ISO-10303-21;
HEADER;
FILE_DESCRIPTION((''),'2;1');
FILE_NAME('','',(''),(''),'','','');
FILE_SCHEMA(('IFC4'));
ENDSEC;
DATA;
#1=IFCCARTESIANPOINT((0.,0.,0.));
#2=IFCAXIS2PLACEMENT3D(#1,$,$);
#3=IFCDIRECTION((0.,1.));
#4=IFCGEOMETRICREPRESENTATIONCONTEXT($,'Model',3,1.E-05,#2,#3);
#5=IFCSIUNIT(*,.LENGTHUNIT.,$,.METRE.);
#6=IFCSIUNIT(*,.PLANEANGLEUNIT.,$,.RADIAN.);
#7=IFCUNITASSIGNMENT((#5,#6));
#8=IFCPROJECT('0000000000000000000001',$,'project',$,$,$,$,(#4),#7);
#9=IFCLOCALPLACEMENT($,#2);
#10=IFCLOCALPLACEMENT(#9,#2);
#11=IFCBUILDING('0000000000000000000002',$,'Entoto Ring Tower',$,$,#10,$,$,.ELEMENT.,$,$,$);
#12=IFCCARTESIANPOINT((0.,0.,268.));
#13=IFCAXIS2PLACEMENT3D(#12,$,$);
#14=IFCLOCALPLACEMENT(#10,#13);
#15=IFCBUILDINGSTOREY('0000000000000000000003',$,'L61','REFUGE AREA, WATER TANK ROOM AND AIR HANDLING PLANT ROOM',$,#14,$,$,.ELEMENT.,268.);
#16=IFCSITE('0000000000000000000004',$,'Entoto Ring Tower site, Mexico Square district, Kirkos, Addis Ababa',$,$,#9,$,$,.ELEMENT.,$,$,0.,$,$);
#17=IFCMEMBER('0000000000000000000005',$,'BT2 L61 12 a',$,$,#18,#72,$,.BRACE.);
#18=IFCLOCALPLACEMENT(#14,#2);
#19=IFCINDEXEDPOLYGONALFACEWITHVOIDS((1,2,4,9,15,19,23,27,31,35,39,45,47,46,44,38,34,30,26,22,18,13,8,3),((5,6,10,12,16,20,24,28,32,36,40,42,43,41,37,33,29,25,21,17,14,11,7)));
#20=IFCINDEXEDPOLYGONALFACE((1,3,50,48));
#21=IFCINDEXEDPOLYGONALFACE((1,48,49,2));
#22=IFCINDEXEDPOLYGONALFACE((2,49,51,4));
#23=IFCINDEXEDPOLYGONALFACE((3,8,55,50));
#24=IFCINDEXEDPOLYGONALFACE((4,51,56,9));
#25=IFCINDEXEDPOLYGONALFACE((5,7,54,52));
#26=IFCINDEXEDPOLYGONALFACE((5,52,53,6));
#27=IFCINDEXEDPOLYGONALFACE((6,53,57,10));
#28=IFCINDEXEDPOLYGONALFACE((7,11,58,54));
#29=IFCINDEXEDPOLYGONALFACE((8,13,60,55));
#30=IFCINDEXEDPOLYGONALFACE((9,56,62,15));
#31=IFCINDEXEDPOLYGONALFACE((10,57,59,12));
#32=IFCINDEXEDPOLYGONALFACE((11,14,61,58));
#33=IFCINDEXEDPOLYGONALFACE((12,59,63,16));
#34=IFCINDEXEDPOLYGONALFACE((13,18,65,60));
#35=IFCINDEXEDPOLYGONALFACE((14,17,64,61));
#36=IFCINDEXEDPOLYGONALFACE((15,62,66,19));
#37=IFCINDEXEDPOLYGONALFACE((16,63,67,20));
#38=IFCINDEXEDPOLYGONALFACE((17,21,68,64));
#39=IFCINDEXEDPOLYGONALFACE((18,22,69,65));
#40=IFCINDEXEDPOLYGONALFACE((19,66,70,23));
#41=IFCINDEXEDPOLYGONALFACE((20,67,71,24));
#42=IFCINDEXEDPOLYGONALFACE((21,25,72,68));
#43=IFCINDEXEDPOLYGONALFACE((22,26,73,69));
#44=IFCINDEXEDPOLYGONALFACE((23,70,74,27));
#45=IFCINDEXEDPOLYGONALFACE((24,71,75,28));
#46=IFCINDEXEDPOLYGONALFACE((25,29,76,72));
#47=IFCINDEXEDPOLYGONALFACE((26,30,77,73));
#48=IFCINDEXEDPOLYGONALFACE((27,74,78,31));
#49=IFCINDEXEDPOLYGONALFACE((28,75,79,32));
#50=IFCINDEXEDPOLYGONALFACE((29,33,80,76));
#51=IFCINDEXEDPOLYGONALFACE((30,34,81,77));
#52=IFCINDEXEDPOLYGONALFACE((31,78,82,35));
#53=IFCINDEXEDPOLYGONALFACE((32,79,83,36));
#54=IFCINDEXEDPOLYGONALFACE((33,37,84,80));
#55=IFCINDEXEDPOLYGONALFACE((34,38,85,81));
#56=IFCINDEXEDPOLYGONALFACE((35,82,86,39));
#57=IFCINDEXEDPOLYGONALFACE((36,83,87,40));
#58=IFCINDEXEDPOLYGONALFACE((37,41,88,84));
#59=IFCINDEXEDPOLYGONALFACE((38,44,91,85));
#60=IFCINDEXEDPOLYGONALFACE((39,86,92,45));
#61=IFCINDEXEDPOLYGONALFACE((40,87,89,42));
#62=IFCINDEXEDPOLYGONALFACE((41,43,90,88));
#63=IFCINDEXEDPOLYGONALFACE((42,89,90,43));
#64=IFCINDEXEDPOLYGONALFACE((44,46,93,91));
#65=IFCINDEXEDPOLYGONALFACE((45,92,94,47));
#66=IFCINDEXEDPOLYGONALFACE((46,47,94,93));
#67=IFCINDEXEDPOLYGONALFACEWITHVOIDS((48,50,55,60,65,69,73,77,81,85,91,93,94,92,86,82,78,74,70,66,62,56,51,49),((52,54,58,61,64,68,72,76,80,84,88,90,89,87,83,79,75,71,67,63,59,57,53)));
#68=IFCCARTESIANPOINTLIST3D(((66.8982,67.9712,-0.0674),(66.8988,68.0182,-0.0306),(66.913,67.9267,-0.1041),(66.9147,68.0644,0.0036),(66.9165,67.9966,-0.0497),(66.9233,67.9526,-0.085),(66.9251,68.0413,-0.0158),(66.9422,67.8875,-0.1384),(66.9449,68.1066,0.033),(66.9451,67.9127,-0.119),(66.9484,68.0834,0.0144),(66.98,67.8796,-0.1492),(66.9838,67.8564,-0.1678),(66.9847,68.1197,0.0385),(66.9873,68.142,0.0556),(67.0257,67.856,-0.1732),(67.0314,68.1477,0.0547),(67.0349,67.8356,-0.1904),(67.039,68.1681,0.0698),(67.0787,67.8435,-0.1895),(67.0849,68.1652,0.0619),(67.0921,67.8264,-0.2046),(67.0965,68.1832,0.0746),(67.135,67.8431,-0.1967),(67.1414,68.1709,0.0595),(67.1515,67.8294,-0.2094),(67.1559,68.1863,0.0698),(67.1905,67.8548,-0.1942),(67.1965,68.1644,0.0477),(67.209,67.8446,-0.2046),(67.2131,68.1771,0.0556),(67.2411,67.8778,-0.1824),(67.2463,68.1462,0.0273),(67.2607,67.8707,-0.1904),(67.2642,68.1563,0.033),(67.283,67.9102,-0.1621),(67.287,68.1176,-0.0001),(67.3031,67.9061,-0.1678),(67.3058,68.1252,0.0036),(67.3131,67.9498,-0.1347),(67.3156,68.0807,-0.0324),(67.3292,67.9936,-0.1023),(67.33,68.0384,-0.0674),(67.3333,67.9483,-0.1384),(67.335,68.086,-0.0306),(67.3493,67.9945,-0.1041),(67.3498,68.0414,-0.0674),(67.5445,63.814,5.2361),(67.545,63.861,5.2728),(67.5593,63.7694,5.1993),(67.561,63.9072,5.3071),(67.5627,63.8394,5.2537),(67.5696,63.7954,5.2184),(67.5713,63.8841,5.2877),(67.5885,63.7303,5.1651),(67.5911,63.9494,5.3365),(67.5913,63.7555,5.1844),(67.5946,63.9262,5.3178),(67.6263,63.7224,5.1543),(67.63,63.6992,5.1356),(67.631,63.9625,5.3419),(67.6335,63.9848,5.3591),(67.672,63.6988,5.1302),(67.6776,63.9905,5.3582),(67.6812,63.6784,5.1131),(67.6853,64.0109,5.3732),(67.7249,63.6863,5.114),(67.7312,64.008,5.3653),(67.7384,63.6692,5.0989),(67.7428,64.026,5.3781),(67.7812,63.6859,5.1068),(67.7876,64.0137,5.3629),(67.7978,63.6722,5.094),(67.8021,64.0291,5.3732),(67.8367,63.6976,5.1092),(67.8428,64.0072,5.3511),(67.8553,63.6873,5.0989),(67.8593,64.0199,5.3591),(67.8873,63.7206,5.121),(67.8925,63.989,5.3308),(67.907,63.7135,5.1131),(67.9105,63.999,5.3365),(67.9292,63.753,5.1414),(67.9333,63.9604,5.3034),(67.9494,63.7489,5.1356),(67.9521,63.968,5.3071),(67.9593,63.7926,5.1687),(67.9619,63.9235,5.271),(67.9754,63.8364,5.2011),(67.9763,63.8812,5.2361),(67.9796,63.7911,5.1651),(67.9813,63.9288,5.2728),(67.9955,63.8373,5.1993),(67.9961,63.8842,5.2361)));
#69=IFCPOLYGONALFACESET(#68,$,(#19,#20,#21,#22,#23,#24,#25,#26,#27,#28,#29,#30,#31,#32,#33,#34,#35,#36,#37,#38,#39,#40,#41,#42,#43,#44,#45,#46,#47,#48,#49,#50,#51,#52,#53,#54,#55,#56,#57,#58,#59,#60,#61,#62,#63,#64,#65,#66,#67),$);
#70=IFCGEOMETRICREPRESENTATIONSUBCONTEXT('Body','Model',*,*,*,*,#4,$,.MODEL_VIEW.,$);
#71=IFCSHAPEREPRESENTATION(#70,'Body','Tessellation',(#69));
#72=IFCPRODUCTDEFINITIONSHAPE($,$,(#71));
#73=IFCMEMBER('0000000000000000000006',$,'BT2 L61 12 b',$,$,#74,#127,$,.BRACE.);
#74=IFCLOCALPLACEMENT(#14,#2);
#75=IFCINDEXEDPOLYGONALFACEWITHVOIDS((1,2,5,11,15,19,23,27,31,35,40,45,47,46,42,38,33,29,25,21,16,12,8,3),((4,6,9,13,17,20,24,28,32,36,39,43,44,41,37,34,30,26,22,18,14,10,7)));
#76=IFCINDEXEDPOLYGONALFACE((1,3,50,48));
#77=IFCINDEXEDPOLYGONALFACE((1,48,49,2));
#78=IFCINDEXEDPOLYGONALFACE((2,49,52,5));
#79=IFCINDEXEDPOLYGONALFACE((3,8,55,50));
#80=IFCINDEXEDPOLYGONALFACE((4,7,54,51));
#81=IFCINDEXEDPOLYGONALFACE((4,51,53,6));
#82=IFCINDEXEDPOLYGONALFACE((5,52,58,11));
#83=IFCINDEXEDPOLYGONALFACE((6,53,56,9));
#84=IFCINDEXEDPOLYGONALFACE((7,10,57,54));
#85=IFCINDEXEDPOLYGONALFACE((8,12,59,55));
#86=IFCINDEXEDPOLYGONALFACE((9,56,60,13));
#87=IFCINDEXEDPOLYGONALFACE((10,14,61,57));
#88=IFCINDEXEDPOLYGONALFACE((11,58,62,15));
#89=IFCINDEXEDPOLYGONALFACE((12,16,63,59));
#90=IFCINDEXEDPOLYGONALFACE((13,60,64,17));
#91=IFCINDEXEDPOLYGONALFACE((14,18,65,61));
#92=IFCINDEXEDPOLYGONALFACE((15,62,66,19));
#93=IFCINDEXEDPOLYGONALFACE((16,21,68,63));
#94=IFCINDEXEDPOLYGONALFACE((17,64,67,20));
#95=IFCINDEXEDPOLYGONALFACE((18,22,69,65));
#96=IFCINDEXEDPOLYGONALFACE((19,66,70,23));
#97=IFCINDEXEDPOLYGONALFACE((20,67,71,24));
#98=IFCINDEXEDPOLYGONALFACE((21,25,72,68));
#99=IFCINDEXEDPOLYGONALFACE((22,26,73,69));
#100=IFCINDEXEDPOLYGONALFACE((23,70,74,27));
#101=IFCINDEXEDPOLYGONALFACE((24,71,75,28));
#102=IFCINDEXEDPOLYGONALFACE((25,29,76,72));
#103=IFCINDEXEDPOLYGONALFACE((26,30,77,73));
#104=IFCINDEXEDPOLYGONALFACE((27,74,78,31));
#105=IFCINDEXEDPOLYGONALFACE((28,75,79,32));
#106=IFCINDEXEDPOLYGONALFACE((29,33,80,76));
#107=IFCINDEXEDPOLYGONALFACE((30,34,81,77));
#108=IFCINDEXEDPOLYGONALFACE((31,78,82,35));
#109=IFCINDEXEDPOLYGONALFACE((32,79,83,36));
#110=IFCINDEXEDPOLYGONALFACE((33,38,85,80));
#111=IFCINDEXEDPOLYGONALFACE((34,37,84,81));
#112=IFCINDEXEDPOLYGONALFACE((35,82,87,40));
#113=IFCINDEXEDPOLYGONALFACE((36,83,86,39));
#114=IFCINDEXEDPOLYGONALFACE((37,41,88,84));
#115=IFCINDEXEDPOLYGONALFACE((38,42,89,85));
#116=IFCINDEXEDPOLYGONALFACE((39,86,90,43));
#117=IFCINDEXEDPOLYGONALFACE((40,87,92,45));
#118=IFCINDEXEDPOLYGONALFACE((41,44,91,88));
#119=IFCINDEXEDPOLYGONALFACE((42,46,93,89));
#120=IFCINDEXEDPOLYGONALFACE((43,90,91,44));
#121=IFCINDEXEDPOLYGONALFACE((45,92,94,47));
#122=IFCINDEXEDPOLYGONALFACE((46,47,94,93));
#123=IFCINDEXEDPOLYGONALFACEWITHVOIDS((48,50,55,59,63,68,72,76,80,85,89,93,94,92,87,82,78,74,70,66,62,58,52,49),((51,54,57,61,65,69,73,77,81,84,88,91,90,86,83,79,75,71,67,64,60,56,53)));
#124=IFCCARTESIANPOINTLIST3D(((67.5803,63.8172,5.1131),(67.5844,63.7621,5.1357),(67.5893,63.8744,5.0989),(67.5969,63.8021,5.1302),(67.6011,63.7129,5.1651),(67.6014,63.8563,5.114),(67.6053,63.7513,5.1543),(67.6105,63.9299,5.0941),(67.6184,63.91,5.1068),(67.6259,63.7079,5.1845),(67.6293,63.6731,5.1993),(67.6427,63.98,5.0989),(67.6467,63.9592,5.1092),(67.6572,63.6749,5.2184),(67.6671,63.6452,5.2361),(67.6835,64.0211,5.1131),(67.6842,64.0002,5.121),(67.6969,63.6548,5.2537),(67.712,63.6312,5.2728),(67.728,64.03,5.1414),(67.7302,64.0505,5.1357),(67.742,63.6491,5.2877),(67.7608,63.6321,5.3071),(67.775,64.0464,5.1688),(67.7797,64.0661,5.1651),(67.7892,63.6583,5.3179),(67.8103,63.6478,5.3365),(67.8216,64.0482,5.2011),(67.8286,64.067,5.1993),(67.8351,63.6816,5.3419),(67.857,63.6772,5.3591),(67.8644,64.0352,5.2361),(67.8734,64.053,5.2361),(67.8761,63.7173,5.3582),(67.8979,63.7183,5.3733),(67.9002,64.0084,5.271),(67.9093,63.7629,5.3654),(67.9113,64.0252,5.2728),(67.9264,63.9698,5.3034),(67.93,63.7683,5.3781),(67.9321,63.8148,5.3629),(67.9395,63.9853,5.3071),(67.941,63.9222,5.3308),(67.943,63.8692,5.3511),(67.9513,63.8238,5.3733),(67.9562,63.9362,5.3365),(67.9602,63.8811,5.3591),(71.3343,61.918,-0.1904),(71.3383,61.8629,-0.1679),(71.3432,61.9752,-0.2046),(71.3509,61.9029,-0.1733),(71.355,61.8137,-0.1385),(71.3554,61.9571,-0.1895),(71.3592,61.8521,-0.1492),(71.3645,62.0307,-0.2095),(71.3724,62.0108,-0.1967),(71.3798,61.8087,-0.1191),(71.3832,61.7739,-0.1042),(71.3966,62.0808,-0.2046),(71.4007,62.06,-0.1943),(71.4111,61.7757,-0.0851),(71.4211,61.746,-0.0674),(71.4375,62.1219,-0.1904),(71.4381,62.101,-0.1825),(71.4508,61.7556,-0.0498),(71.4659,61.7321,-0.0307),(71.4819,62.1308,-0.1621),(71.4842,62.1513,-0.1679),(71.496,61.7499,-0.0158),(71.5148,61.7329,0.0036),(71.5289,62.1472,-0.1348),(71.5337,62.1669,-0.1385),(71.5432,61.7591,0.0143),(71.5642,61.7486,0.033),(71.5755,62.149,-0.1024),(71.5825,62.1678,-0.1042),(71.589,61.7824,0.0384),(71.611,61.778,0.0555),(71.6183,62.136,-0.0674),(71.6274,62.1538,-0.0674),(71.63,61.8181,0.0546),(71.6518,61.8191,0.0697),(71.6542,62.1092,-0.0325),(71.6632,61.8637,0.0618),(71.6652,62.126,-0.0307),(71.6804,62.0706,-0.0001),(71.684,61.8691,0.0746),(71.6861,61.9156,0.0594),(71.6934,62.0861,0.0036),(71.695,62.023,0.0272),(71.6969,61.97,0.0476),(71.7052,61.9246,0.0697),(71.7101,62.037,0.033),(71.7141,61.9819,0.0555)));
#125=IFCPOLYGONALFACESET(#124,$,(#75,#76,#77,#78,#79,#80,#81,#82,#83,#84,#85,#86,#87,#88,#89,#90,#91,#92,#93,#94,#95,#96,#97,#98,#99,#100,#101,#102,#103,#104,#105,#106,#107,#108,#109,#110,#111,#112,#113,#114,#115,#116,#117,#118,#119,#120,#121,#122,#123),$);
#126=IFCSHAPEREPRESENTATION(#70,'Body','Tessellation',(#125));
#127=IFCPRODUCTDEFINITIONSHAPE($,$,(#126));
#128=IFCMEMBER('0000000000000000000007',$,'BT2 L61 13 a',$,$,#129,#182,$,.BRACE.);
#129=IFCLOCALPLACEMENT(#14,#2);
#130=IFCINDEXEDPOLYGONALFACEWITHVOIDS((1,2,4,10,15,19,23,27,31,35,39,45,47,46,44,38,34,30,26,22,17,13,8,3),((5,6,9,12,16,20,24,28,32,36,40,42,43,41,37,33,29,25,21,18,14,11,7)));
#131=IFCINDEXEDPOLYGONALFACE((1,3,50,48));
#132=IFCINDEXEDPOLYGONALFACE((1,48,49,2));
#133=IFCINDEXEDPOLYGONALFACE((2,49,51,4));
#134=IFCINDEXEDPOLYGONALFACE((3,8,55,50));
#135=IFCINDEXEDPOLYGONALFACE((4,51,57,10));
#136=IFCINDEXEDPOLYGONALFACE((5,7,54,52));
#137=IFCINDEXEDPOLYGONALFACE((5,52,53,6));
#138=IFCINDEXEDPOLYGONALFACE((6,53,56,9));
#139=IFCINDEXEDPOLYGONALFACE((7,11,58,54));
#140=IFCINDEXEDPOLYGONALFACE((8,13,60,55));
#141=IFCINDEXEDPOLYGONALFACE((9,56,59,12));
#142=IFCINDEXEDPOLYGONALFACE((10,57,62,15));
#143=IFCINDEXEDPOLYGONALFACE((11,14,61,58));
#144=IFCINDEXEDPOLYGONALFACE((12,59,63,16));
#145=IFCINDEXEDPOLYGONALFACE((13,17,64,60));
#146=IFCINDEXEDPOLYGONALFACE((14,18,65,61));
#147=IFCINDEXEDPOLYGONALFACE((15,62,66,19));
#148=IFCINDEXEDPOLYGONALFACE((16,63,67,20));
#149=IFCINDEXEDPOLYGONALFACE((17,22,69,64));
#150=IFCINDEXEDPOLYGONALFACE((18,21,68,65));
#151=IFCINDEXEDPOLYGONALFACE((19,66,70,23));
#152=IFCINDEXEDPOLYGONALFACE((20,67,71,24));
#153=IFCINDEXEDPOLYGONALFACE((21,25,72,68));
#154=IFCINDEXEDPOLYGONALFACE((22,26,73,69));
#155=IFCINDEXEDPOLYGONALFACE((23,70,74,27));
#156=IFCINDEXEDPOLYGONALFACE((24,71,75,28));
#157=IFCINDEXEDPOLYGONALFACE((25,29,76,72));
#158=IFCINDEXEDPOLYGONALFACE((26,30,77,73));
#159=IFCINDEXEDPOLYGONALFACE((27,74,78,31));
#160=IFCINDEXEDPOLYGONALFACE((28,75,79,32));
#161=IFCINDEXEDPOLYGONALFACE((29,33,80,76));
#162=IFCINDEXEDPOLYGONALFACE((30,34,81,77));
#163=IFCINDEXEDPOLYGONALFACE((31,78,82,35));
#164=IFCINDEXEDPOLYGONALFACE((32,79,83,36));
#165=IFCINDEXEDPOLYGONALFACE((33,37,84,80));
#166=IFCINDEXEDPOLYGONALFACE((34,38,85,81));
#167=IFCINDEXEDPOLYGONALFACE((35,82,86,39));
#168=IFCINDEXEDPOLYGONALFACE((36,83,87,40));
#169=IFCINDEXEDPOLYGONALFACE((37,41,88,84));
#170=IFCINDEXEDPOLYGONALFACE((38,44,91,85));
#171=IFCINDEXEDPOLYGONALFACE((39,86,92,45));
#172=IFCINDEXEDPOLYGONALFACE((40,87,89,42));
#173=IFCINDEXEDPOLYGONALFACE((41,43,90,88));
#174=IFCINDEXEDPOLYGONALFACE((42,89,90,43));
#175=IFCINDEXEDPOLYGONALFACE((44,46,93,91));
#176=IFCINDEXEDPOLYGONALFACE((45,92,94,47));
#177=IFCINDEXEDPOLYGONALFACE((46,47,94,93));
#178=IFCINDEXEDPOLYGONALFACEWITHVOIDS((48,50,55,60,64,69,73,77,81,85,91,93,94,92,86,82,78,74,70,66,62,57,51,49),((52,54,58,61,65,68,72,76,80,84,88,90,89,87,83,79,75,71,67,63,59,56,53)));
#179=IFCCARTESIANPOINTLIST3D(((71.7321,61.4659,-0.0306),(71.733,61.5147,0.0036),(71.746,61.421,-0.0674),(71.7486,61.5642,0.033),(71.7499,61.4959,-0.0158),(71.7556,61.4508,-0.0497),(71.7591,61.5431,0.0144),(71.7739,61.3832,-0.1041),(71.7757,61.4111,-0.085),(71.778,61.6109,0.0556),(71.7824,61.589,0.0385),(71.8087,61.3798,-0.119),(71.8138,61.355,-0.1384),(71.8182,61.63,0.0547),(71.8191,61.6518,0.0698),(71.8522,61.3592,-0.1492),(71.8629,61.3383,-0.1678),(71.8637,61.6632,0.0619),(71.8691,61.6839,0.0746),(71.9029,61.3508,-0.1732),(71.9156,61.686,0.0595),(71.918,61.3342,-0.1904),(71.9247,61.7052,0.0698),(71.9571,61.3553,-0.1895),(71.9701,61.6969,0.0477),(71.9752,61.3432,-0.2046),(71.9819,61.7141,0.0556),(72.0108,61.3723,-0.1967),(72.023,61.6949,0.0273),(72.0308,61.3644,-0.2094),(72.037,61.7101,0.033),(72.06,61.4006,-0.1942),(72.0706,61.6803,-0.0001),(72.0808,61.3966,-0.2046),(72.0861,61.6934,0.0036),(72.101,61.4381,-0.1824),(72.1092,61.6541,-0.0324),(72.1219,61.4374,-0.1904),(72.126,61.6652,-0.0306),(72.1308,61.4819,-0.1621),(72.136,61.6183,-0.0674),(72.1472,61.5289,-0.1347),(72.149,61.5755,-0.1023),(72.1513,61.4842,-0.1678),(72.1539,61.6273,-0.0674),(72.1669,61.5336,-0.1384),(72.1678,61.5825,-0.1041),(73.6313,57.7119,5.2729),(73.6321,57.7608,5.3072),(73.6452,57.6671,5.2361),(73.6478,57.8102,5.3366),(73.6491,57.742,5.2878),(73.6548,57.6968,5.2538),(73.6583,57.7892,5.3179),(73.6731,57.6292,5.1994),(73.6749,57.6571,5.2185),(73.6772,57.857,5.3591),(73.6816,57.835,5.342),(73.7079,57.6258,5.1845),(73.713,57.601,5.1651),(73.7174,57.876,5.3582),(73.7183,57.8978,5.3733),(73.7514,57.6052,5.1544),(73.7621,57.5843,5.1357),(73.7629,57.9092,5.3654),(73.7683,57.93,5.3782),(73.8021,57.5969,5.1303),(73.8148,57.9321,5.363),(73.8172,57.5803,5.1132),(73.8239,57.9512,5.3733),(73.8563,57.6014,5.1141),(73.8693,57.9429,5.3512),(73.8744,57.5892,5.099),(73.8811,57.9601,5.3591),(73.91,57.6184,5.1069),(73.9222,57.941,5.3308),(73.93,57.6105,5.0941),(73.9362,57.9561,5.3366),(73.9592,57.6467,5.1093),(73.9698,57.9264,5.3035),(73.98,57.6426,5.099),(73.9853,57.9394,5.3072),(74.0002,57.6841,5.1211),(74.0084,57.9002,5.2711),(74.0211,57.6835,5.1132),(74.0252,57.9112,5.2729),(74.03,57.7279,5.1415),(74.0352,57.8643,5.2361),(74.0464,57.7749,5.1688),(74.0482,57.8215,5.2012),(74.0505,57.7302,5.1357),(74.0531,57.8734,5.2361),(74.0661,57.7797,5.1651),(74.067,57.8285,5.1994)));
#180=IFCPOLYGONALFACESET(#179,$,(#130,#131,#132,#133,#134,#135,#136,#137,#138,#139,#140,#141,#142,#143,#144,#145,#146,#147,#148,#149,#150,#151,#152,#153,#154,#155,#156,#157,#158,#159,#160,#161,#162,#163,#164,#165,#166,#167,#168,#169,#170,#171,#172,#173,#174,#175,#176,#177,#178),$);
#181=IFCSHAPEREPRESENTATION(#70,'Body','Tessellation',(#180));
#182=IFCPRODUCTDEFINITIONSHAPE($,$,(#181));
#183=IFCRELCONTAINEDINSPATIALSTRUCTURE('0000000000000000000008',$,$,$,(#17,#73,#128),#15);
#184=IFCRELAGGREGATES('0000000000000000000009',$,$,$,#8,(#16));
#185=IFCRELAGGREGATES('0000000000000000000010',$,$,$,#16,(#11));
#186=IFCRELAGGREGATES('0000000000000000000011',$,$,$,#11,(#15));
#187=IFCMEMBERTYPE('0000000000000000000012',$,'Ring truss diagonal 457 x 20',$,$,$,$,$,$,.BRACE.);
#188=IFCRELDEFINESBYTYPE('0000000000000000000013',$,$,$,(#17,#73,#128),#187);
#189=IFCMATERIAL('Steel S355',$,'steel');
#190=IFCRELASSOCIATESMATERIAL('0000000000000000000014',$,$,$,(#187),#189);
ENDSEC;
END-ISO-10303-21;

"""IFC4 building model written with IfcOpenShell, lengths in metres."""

from ifc_helpers import new_model, si_unit, direction, frame, origin, origin_2d, place, context, subcontext, project, spatial, circle, hollow_circle, extrude, material, material_profile, profile_set, type_object, element, save


model = new_model("IFC4")

# Units and contexts
model_context = context("Model", 3, precision=1e-05, world=origin(), true_north=direction((0.0, 1.0)))
body_context = subcontext(model_context, "Body", "Model", "MODEL_VIEW")
ifc_project = project(units=[si_unit("LENGTHUNIT", "METRE"), si_unit("PLANEANGLEUNIT", "RADIAN")], contexts=[model_context])

# Site, building, storey
site_placement = place(None, origin())
site = spatial("IfcSite", under=ifc_project, at=site_placement, Name="Entoto Ring Tower site, Mexico Square district, Kirkos, Addis Ababa", CompositionType="ELEMENT", RefElevation=0.0)
building_placement = place(site_placement, origin())
building = spatial("IfcBuilding", under=site, at=building_placement, Name="Entoto Ring Tower", CompositionType="ELEMENT")
storey_placement = place(building_placement, frame((0.0, 0.0, 268.0)))
storey = spatial("IfcBuildingStorey", under=building, at=storey_placement, Name="L61", Description="REFUGE AREA, WATER TANK ROOM AND AIR HANDLING PLANT ROOM", CompositionType="ELEMENT", Elevation=268.0)

# Members
ifc_material_1 = material(Name="Steel S355", Category="steel")
ifc_material_profile_1 = material_profile(ifc_material_1, hollow_circle(Radius=0.2285, WallThickness=0.02, at=origin_2d()), Name="CHS 457 x 20")
ifc_material_2 = material(Name="Concrete C60/75", Category="concrete")
ifc_material_profile_2 = material_profile(ifc_material_2, circle(Radius=0.2085, at=origin_2d()), Name="Concrete C60/75 infill")
ifc_profile_set_1 = profile_set([ifc_material_profile_1, ifc_material_profile_2], Name="Steel S355")
member_type_1 = type_object("IfcMemberType", Name="Ring truss diagonal 457 x 20", PredefinedType="BRACE", material=ifc_profile_set_1)
for number, where, z_axis, x_axis, name in (
    (1, (67.124, 68.0063, -0.0674), (0.095463, -0.614106, 0.783429), (0.988132, 0.153605, 0.0), "BT2 L61 12 a"),
    (2, (67.7703, 63.8491, 5.2361), (0.554537, -0.28055, -0.783442), (0.451433, 0.892305, 0.0), "BT2 L61 12 b"),
    (3, (71.95, 61.5242, -0.0674), (0.28055, -0.554537, 0.783442), (0.892305, 0.451433, 0.0), "BT2 L61 13 a"),
):
    element("IfcMember", number, at=place(storey_placement, frame(where, z_axis=z_axis, x_axis=x_axis)), inside=storey, type_object=member_type_1, Name=name, PredefinedType="BRACE", context=body_context, shape_type="SweptSolid", body=[
        extrude(hollow_circle(Radius=0.2285, WallThickness=0.02, at=origin_2d()), origin(), (0.0, 0.0, 1.0), 6.7695),
    ])

save(model, "model.ifc")
